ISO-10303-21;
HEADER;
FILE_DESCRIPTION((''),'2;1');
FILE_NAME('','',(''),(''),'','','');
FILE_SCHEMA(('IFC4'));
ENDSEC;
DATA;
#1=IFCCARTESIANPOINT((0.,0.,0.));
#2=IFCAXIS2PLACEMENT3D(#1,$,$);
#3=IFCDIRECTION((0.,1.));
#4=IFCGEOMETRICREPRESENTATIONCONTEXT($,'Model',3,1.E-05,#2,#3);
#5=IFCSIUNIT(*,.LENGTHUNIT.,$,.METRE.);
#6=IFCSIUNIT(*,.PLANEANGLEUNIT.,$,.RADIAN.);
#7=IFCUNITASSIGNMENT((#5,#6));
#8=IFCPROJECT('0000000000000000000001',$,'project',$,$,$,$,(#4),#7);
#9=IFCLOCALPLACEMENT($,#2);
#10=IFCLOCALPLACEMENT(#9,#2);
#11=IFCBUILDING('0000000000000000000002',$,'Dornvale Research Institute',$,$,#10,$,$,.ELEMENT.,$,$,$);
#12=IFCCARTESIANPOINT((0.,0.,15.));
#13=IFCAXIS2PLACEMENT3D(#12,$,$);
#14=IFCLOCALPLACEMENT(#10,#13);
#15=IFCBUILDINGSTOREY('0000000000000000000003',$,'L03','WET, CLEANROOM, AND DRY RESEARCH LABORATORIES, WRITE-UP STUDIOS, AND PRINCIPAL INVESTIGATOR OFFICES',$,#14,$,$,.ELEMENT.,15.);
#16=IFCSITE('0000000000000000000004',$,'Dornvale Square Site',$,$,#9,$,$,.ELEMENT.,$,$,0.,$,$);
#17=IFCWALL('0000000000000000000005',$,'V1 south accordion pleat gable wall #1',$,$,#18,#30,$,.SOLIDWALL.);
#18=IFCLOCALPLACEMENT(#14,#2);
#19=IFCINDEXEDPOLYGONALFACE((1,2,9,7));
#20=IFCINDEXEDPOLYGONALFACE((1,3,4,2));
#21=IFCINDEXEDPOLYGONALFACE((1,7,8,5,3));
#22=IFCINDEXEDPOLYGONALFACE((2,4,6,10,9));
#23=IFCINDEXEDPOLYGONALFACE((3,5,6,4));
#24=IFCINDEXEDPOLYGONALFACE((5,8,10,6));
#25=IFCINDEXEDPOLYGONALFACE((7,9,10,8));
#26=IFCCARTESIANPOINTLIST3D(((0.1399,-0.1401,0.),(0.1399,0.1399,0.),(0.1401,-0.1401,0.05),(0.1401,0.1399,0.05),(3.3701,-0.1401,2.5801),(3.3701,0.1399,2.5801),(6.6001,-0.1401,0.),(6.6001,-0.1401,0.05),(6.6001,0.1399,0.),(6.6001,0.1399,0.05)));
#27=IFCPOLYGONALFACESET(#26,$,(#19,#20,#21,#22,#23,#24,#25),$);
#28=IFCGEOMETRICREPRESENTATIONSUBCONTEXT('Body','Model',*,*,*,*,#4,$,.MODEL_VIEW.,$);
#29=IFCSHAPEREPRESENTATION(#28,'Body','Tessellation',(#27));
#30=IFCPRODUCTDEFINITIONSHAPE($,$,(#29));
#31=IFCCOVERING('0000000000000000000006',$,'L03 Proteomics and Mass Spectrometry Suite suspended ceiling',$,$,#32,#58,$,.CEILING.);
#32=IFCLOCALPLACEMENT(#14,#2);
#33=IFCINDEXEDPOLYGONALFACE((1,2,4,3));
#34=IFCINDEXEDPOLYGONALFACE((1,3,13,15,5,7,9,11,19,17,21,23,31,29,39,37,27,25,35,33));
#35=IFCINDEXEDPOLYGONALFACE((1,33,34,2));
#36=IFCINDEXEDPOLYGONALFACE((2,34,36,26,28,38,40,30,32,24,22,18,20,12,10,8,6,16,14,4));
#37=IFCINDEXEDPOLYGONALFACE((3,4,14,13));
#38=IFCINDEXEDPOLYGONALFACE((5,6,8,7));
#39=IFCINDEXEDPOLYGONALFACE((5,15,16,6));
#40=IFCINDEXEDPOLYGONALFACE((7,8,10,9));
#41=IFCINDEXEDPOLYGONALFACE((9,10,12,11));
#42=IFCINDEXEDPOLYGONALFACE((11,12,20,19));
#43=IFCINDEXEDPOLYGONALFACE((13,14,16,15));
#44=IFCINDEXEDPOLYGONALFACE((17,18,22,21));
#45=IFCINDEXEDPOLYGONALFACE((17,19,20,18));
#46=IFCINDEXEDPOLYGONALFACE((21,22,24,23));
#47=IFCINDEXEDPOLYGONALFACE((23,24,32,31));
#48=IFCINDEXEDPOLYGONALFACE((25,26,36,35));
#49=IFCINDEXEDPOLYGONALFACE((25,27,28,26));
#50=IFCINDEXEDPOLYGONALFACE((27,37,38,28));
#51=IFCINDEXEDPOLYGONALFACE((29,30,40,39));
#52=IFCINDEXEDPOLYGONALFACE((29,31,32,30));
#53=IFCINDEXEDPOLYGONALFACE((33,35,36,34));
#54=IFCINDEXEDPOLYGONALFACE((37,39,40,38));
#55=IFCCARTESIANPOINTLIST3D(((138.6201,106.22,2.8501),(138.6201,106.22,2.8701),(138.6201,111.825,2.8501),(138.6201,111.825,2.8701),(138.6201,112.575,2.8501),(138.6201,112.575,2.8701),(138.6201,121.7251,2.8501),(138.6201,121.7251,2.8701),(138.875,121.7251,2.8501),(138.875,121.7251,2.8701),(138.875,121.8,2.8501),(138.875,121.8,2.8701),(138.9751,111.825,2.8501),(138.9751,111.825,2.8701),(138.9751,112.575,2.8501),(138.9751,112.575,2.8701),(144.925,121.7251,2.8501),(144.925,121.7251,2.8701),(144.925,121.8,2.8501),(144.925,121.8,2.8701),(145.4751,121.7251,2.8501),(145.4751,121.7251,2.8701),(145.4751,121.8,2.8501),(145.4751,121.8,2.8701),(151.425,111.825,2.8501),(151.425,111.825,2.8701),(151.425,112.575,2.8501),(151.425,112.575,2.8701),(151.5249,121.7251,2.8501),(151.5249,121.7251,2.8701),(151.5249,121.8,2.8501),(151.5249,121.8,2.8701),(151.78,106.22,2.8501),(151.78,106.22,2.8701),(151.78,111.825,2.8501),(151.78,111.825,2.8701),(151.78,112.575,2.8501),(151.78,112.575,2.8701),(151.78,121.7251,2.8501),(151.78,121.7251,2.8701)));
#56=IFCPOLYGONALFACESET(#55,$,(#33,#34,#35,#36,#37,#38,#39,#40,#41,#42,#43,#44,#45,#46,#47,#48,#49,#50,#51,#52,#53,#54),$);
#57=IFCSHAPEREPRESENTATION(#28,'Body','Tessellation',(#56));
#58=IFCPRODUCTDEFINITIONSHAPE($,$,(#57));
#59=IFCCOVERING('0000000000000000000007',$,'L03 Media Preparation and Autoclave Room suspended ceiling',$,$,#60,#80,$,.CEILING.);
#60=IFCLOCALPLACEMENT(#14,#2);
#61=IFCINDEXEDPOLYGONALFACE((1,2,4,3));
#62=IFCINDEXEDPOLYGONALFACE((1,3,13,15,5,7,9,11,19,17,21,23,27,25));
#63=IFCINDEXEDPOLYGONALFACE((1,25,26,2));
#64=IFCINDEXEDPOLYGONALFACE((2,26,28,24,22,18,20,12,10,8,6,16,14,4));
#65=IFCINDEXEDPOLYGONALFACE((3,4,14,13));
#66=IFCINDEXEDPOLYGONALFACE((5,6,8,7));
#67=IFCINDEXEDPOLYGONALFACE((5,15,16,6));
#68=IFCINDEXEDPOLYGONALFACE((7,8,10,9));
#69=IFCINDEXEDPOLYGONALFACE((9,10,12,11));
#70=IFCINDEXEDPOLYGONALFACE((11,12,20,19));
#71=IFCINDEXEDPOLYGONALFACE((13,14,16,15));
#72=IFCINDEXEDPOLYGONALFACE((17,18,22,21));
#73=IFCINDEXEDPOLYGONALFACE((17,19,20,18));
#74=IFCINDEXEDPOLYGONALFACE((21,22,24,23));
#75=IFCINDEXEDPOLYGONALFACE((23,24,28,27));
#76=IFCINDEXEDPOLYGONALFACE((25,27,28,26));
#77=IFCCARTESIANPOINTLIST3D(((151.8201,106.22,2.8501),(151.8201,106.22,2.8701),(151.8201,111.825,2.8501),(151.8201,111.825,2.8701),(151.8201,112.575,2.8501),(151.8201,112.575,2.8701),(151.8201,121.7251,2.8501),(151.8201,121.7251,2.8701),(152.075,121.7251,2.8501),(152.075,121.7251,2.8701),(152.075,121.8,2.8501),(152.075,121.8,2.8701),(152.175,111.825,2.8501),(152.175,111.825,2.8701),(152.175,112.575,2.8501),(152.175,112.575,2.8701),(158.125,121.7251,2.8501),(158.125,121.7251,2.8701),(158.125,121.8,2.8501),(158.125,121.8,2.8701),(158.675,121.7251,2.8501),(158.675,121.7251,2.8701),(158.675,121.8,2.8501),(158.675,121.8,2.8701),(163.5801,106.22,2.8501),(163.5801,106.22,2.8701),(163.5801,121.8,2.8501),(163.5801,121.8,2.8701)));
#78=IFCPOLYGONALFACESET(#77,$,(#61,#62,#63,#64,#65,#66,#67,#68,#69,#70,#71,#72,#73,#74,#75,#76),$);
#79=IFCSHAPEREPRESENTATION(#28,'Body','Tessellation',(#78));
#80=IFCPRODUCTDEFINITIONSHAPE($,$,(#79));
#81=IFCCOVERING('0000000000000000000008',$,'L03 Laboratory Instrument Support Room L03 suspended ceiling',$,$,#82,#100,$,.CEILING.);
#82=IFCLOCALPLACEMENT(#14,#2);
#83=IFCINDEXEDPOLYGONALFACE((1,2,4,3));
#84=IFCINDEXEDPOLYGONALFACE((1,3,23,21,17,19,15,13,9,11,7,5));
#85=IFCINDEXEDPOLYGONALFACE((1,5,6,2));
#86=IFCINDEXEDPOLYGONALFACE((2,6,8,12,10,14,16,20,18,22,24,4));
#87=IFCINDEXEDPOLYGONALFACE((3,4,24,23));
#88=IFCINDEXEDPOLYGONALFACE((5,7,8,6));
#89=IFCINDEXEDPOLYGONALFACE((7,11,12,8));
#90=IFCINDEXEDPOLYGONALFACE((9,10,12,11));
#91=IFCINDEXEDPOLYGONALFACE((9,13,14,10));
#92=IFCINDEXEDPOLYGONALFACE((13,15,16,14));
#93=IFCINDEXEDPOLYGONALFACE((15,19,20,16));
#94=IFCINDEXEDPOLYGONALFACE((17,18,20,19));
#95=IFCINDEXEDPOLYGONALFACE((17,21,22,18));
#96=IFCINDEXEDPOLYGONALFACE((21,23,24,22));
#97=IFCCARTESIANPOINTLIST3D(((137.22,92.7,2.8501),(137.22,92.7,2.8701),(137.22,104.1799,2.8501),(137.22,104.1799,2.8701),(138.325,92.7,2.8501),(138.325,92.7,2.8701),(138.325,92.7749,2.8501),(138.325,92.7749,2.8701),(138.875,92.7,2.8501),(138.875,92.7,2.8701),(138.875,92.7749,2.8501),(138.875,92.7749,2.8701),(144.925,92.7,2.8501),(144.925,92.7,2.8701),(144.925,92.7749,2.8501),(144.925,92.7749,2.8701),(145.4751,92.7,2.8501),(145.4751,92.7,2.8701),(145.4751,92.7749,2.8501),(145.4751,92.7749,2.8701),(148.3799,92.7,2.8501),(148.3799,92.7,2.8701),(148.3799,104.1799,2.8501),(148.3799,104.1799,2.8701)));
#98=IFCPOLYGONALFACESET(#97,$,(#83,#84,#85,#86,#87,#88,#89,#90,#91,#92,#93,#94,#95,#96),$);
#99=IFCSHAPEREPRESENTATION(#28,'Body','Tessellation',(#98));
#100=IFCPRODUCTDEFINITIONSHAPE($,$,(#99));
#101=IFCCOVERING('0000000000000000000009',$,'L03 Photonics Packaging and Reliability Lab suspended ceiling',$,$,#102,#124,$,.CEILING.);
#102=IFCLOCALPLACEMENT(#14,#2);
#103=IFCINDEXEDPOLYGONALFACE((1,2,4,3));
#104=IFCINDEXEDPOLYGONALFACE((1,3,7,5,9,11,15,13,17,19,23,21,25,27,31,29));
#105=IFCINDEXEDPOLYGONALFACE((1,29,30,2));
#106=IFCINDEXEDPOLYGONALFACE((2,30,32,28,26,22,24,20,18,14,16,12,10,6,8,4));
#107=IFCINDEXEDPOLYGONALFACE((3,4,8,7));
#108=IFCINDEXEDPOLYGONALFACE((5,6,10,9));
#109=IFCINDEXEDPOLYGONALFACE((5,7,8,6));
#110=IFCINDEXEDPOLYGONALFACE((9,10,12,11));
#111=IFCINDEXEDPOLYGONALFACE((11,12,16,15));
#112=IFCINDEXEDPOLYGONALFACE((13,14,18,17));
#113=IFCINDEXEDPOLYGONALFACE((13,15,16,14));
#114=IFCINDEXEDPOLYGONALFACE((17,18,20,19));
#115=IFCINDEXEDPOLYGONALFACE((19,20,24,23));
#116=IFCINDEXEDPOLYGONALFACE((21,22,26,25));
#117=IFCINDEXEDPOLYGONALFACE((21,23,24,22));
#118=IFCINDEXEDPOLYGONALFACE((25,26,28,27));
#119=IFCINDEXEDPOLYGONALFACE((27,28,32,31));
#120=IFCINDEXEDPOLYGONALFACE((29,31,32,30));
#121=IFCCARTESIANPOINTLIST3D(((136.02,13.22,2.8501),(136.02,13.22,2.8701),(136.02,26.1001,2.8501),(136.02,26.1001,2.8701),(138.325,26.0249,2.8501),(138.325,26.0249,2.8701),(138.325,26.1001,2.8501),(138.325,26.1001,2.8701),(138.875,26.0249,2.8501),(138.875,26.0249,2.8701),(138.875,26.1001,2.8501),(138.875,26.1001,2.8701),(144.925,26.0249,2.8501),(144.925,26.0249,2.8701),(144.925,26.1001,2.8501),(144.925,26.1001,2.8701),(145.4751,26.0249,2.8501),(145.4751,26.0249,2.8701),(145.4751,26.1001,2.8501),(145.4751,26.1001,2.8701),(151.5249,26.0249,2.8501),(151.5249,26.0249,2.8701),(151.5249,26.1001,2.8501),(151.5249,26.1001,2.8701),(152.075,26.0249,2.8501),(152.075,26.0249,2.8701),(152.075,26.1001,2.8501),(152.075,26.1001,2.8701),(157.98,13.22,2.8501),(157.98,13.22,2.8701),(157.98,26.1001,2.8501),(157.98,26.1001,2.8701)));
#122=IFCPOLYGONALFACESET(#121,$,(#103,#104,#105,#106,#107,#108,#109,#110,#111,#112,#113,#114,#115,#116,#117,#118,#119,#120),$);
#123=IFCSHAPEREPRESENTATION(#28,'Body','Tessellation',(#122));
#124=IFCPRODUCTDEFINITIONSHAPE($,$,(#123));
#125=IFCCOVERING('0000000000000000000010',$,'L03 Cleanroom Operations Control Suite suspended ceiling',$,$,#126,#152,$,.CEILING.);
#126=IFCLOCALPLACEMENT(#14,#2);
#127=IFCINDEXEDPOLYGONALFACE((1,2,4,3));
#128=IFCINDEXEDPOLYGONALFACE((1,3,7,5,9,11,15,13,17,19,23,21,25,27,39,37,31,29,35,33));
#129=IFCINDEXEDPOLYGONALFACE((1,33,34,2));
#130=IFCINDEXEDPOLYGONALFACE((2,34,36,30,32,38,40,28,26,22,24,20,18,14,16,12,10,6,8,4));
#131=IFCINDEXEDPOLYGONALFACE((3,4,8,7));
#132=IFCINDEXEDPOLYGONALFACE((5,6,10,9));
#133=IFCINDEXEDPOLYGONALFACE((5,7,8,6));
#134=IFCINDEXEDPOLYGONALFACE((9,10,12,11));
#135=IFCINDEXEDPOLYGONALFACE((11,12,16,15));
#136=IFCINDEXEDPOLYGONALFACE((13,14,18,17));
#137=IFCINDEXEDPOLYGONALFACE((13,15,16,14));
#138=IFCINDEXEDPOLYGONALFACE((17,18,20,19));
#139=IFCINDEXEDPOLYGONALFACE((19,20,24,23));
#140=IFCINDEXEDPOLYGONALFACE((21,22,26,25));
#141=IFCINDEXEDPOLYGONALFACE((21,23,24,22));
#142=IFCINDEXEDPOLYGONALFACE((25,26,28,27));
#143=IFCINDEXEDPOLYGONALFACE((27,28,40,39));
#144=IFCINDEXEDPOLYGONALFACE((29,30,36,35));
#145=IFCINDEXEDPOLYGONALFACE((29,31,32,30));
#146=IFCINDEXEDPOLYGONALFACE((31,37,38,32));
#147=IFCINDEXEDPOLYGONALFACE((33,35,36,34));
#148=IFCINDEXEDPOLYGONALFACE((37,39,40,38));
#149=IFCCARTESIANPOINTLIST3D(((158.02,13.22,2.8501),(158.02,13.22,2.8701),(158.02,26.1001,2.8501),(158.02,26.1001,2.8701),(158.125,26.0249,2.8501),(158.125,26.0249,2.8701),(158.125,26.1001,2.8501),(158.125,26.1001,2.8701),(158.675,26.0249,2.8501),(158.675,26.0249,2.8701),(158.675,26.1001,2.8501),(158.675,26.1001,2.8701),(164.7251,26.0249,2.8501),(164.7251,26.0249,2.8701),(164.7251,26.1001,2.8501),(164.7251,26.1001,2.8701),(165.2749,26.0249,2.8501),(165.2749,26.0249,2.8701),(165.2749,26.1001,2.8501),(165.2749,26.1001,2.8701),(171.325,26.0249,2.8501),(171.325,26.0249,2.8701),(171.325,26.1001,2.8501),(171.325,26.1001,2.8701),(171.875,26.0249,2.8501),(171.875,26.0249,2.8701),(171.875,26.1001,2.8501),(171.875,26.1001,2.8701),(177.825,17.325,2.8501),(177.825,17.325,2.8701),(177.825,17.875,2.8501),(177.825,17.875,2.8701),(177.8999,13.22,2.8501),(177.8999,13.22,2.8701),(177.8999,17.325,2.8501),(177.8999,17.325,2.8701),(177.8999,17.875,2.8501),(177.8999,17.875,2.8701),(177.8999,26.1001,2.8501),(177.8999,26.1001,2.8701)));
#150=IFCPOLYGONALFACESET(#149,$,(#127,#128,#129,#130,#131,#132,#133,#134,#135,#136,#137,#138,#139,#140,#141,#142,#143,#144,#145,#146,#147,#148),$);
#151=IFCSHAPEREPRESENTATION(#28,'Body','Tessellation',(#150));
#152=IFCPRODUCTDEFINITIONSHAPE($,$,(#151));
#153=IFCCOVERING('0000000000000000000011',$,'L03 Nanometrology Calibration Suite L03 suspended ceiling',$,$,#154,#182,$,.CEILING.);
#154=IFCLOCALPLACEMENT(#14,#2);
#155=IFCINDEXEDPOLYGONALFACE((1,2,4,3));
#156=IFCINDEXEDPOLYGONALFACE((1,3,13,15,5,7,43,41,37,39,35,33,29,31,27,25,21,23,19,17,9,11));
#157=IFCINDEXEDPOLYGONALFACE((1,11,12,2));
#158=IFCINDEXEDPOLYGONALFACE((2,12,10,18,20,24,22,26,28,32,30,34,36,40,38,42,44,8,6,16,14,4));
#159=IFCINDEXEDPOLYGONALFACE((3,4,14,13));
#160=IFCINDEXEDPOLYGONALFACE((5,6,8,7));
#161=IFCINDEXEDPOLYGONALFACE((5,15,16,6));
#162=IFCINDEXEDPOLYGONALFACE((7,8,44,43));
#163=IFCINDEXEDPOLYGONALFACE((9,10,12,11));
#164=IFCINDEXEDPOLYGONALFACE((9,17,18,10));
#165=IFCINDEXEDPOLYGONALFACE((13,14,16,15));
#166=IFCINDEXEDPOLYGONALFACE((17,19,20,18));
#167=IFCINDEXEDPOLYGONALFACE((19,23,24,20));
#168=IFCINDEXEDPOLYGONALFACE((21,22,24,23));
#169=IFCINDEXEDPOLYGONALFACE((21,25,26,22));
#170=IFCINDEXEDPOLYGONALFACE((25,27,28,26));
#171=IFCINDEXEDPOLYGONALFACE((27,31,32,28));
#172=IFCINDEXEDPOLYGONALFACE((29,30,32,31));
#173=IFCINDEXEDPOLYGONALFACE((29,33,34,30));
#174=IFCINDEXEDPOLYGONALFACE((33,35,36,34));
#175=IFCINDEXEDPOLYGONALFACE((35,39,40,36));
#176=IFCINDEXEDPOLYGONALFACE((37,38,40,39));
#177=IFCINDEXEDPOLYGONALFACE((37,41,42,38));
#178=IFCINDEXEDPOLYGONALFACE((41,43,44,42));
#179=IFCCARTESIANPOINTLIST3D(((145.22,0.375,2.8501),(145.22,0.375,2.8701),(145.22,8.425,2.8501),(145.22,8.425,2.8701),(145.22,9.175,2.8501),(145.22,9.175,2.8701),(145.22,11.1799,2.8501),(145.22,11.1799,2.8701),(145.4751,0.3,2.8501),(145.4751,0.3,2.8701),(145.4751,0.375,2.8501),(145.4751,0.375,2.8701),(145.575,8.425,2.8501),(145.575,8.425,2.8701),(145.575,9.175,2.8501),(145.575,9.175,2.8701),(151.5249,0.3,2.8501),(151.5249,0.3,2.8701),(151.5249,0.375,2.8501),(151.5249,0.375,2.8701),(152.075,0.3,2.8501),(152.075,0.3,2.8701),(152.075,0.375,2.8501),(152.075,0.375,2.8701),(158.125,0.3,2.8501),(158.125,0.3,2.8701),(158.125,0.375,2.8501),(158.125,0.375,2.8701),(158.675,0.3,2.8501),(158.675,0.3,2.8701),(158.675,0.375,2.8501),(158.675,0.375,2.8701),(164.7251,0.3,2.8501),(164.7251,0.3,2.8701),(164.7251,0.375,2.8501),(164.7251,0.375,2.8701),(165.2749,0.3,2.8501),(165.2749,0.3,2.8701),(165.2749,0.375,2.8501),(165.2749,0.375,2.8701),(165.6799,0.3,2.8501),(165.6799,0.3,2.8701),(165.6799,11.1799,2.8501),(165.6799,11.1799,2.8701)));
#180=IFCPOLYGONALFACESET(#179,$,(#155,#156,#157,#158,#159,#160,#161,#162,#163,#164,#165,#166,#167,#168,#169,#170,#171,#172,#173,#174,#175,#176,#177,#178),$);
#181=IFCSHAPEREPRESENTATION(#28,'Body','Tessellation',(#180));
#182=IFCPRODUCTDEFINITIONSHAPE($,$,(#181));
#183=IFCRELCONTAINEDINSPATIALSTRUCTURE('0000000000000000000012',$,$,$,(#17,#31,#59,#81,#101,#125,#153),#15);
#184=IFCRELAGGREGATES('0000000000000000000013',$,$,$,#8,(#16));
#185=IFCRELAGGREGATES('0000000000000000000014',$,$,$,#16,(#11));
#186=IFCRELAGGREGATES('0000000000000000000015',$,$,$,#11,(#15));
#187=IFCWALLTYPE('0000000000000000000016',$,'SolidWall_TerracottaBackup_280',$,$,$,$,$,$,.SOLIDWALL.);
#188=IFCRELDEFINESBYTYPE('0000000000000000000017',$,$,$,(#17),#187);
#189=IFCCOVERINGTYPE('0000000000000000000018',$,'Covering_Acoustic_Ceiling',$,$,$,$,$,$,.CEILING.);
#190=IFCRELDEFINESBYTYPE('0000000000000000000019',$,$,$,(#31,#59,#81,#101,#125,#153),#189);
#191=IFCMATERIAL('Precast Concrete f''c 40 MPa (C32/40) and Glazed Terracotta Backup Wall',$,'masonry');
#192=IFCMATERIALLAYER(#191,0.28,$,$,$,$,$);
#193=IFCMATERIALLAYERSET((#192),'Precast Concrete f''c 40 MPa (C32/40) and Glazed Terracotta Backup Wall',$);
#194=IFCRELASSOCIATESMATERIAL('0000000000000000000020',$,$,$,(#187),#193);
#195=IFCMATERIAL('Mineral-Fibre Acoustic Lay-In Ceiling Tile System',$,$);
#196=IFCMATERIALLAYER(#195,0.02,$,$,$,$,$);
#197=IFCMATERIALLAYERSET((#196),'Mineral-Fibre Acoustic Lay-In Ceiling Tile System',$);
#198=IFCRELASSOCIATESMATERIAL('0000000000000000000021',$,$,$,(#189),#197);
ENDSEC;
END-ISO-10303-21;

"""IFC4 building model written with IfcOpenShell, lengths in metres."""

from ifc_helpers import new_model, si_unit, direction, frame, origin, place, context, subcontext, project, spatial, polyline, outline, extrude, material, layer, layer_set, type_object, element, save


model = new_model("IFC4")

# Units and contexts
model_context = context("Model", 3, precision=1e-05, world=origin(), true_north=direction((0.0, 1.0)))
body_context = subcontext(model_context, "Body", "Model", "MODEL_VIEW")
ifc_project = project(units=[si_unit("LENGTHUNIT", "METRE"), si_unit("PLANEANGLEUNIT", "RADIAN")], contexts=[model_context])

# Site, building, storey
site_placement = place(None, origin())
site = spatial("IfcSite", under=ifc_project, at=site_placement, Name="Dornvale Square Site", CompositionType="ELEMENT", RefElevation=0.0)
building_placement = place(site_placement, origin())
building = spatial("IfcBuilding", under=site, at=building_placement, Name="Dornvale Research Institute", CompositionType="ELEMENT")
storey_placement = place(building_placement, frame((0.0, 0.0, 15.0)))
storey = spatial("IfcBuildingStorey", under=building, at=storey_placement, Name="L03", Description="WET, CLEANROOM, AND DRY RESEARCH LABORATORIES, WRITE-UP STUDIOS, AND PRINCIPAL INVESTIGATOR OFFICES", CompositionType="ELEMENT", Elevation=15.0)

# Wall
ifc_material_1 = material(Name="Precast Concrete f'c 40 MPa (C32/40) and Glazed Terracotta Backup Wall", Category="masonry")
ifc_layer_1 = layer(ifc_material_1, 0.28)
ifc_layer_set_1 = layer_set([ifc_layer_1], Name="Precast Concrete f'c 40 MPa (C32/40) and Glazed Terracotta Backup Wall")
wall_type = type_object("IfcWallType", Name="SolidWall_TerracottaBackup_280", PredefinedType="SOLIDWALL", material=ifc_layer_set_1)
wall_placement = place(storey_placement, frame((6.6001, 0.0, 0.0), z_axis=(0.0, 0.0, 1.0), x_axis=(-1.0, 0.0, 0.0)))
element("IfcWall", 1, at=wall_placement, inside=storey, type_object=wall_type, Name="V1 south accordion pleat gable wall #1", PredefinedType="SOLIDWALL", context=body_context, shape_type="SweptSolid", body=[
    extrude(outline(polyline([(0.0, 0.0), (6.4602, 0.0), (6.46, 0.05), (3.23, 2.5801), (0.0, 0.05), (0.0, 0.0)])), frame((0.0, 0.1401, 0.0), z_axis=(0.0, -1.0, 0.0), x_axis=(1.0, 0.0, 0.0)), (0.0, 0.0, 1.0), 0.28),
])

# Coverings
ifc_material_2 = material(Name="Mineral-Fibre Acoustic Lay-In Ceiling Tile System")
ifc_layer_2 = layer(ifc_material_2, 0.02)
ifc_layer_set_2 = layer_set([ifc_layer_2], Name="Mineral-Fibre Acoustic Lay-In Ceiling Tile System")
covering_type = type_object("IfcCoveringType", Name="Covering_Acoustic_Ceiling", PredefinedType="CEILING", material=ifc_layer_set_2)
covering_1_placement = place(storey_placement, frame((0.0, 0.0, 2.8501)))
element("IfcCovering", 2, at=covering_1_placement, inside=storey, type_object=covering_type, Name="L03 Proteomics and Mass Spectrometry Suite suspended ceiling", PredefinedType="CEILING", context=body_context, shape_type="SweptSolid", body=[
    extrude(outline(polyline([(138.875, 121.8), (144.925, 121.8), (144.925, 121.7251), (145.4751, 121.7251), (145.4751, 121.8), (151.5249, 121.8), (151.5249, 121.7251), (151.78, 121.7251), (151.78, 112.575), (151.425, 112.575), (151.425, 111.825), (151.78, 111.825), (151.78, 106.22), (138.6201, 106.22), (138.6201, 111.825), (138.9751, 111.825), (138.9751, 112.575), (138.6201, 112.575), (138.6201, 121.7251), (138.875, 121.7251), (138.875, 121.8)])), origin(), (0.0, 0.0, 1.0), 0.02),
])
covering_2_placement = place(storey_placement, frame((0.0, 0.0, 2.8501)))
element("IfcCovering", 3, at=covering_2_placement, inside=storey, type_object=covering_type, Name="L03 Media Preparation and Autoclave Room suspended ceiling", PredefinedType="CEILING", context=body_context, shape_type="SweptSolid", body=[
    extrude(outline(polyline([(151.8201, 111.825), (152.175, 111.825), (152.175, 112.575), (151.8201, 112.575), (151.8201, 121.7251), (152.075, 121.7251), (152.075, 121.8), (158.125, 121.8), (158.125, 121.7251), (158.675, 121.7251), (158.675, 121.8), (163.5801, 121.8), (163.5801, 106.22), (151.8201, 106.22), (151.8201, 111.825)])), origin(), (0.0, 0.0, 1.0), 0.02),
])
covering_3_placement = place(storey_placement, frame((0.0, 0.0, 2.8501)))
element("IfcCovering", 4, at=covering_3_placement, inside=storey, type_object=covering_type, Name="L03 Laboratory Instrument Support Room L03 suspended ceiling", PredefinedType="CEILING", context=body_context, shape_type="SweptSolid", body=[
    extrude(outline(polyline([(138.325, 92.7), (137.22, 92.7), (137.22, 104.1799), (148.3799, 104.1799), (148.3799, 92.7), (145.4751, 92.7), (145.4751, 92.7749), (144.925, 92.7749), (144.925, 92.7), (138.875, 92.7), (138.875, 92.7749), (138.325, 92.7749), (138.325, 92.7)])), origin(), (0.0, 0.0, 1.0), 0.02),
])
covering_4_placement = place(storey_placement, frame((0.0, 0.0, 2.8501)))
element("IfcCovering", 5, at=covering_4_placement, inside=storey, type_object=covering_type, Name="L03 Photonics Packaging and Reliability Lab suspended ceiling", PredefinedType="CEILING", context=body_context, shape_type="SweptSolid", body=[
    extrude(outline(polyline([(144.925, 26.0249), (145.4751, 26.0249), (145.4751, 26.1001), (151.5249, 26.1001), (151.5249, 26.0249), (152.075, 26.0249), (152.075, 26.1001), (157.98, 26.1001), (157.98, 13.22), (136.02, 13.22), (136.02, 26.1001), (138.325, 26.1001), (138.325, 26.0249), (138.875, 26.0249), (138.875, 26.1001), (144.925, 26.1001), (144.925, 26.0249)])), origin(), (0.0, 0.0, 1.0), 0.02),
])
covering_5_placement = place(storey_placement, frame((0.0, 0.0, 2.8501)))
element("IfcCovering", 6, at=covering_5_placement, inside=storey, type_object=covering_type, Name="L03 Cleanroom Operations Control Suite suspended ceiling", PredefinedType="CEILING", context=body_context, shape_type="SweptSolid", body=[
    extrude(outline(polyline([(158.125, 26.0249), (158.675, 26.0249), (158.675, 26.1001), (164.7251, 26.1001), (164.7251, 26.0249), (165.2749, 26.0249), (165.2749, 26.1001), (171.325, 26.1001), (171.325, 26.0249), (171.875, 26.0249), (171.875, 26.1001), (177.8999, 26.1001), (177.8999, 17.875), (177.825, 17.875), (177.825, 17.325), (177.8999, 17.325), (177.8999, 13.22), (158.02, 13.22), (158.02, 26.1001), (158.125, 26.1001), (158.125, 26.0249)])), origin(), (0.0, 0.0, 1.0), 0.02),
])
covering_6_placement = place(storey_placement, frame((0.0, 0.0, 2.8501)))
element("IfcCovering", 7, at=covering_6_placement, inside=storey, type_object=covering_type, Name="L03 Nanometrology Calibration Suite L03 suspended ceiling", PredefinedType="CEILING", context=body_context, shape_type="SweptSolid", body=[
    extrude(outline(polyline([(158.675, 0.375), (158.125, 0.375), (158.125, 0.3), (152.075, 0.3), (152.075, 0.375), (151.5249, 0.375), (151.5249, 0.3), (145.4751, 0.3), (145.4751, 0.375), (145.22, 0.375), (145.22, 8.425), (145.575, 8.425), (145.575, 9.175), (145.22, 9.175), (145.22, 11.1799), (165.6799, 11.1799), (165.6799, 0.3), (165.2749, 0.3), (165.2749, 0.375), (164.7251, 0.375), (164.7251, 0.3), (158.675, 0.3), (158.675, 0.375)])), origin(), (0.0, 0.0, 1.0), 0.02),
])

save(model, "model.ifc")
